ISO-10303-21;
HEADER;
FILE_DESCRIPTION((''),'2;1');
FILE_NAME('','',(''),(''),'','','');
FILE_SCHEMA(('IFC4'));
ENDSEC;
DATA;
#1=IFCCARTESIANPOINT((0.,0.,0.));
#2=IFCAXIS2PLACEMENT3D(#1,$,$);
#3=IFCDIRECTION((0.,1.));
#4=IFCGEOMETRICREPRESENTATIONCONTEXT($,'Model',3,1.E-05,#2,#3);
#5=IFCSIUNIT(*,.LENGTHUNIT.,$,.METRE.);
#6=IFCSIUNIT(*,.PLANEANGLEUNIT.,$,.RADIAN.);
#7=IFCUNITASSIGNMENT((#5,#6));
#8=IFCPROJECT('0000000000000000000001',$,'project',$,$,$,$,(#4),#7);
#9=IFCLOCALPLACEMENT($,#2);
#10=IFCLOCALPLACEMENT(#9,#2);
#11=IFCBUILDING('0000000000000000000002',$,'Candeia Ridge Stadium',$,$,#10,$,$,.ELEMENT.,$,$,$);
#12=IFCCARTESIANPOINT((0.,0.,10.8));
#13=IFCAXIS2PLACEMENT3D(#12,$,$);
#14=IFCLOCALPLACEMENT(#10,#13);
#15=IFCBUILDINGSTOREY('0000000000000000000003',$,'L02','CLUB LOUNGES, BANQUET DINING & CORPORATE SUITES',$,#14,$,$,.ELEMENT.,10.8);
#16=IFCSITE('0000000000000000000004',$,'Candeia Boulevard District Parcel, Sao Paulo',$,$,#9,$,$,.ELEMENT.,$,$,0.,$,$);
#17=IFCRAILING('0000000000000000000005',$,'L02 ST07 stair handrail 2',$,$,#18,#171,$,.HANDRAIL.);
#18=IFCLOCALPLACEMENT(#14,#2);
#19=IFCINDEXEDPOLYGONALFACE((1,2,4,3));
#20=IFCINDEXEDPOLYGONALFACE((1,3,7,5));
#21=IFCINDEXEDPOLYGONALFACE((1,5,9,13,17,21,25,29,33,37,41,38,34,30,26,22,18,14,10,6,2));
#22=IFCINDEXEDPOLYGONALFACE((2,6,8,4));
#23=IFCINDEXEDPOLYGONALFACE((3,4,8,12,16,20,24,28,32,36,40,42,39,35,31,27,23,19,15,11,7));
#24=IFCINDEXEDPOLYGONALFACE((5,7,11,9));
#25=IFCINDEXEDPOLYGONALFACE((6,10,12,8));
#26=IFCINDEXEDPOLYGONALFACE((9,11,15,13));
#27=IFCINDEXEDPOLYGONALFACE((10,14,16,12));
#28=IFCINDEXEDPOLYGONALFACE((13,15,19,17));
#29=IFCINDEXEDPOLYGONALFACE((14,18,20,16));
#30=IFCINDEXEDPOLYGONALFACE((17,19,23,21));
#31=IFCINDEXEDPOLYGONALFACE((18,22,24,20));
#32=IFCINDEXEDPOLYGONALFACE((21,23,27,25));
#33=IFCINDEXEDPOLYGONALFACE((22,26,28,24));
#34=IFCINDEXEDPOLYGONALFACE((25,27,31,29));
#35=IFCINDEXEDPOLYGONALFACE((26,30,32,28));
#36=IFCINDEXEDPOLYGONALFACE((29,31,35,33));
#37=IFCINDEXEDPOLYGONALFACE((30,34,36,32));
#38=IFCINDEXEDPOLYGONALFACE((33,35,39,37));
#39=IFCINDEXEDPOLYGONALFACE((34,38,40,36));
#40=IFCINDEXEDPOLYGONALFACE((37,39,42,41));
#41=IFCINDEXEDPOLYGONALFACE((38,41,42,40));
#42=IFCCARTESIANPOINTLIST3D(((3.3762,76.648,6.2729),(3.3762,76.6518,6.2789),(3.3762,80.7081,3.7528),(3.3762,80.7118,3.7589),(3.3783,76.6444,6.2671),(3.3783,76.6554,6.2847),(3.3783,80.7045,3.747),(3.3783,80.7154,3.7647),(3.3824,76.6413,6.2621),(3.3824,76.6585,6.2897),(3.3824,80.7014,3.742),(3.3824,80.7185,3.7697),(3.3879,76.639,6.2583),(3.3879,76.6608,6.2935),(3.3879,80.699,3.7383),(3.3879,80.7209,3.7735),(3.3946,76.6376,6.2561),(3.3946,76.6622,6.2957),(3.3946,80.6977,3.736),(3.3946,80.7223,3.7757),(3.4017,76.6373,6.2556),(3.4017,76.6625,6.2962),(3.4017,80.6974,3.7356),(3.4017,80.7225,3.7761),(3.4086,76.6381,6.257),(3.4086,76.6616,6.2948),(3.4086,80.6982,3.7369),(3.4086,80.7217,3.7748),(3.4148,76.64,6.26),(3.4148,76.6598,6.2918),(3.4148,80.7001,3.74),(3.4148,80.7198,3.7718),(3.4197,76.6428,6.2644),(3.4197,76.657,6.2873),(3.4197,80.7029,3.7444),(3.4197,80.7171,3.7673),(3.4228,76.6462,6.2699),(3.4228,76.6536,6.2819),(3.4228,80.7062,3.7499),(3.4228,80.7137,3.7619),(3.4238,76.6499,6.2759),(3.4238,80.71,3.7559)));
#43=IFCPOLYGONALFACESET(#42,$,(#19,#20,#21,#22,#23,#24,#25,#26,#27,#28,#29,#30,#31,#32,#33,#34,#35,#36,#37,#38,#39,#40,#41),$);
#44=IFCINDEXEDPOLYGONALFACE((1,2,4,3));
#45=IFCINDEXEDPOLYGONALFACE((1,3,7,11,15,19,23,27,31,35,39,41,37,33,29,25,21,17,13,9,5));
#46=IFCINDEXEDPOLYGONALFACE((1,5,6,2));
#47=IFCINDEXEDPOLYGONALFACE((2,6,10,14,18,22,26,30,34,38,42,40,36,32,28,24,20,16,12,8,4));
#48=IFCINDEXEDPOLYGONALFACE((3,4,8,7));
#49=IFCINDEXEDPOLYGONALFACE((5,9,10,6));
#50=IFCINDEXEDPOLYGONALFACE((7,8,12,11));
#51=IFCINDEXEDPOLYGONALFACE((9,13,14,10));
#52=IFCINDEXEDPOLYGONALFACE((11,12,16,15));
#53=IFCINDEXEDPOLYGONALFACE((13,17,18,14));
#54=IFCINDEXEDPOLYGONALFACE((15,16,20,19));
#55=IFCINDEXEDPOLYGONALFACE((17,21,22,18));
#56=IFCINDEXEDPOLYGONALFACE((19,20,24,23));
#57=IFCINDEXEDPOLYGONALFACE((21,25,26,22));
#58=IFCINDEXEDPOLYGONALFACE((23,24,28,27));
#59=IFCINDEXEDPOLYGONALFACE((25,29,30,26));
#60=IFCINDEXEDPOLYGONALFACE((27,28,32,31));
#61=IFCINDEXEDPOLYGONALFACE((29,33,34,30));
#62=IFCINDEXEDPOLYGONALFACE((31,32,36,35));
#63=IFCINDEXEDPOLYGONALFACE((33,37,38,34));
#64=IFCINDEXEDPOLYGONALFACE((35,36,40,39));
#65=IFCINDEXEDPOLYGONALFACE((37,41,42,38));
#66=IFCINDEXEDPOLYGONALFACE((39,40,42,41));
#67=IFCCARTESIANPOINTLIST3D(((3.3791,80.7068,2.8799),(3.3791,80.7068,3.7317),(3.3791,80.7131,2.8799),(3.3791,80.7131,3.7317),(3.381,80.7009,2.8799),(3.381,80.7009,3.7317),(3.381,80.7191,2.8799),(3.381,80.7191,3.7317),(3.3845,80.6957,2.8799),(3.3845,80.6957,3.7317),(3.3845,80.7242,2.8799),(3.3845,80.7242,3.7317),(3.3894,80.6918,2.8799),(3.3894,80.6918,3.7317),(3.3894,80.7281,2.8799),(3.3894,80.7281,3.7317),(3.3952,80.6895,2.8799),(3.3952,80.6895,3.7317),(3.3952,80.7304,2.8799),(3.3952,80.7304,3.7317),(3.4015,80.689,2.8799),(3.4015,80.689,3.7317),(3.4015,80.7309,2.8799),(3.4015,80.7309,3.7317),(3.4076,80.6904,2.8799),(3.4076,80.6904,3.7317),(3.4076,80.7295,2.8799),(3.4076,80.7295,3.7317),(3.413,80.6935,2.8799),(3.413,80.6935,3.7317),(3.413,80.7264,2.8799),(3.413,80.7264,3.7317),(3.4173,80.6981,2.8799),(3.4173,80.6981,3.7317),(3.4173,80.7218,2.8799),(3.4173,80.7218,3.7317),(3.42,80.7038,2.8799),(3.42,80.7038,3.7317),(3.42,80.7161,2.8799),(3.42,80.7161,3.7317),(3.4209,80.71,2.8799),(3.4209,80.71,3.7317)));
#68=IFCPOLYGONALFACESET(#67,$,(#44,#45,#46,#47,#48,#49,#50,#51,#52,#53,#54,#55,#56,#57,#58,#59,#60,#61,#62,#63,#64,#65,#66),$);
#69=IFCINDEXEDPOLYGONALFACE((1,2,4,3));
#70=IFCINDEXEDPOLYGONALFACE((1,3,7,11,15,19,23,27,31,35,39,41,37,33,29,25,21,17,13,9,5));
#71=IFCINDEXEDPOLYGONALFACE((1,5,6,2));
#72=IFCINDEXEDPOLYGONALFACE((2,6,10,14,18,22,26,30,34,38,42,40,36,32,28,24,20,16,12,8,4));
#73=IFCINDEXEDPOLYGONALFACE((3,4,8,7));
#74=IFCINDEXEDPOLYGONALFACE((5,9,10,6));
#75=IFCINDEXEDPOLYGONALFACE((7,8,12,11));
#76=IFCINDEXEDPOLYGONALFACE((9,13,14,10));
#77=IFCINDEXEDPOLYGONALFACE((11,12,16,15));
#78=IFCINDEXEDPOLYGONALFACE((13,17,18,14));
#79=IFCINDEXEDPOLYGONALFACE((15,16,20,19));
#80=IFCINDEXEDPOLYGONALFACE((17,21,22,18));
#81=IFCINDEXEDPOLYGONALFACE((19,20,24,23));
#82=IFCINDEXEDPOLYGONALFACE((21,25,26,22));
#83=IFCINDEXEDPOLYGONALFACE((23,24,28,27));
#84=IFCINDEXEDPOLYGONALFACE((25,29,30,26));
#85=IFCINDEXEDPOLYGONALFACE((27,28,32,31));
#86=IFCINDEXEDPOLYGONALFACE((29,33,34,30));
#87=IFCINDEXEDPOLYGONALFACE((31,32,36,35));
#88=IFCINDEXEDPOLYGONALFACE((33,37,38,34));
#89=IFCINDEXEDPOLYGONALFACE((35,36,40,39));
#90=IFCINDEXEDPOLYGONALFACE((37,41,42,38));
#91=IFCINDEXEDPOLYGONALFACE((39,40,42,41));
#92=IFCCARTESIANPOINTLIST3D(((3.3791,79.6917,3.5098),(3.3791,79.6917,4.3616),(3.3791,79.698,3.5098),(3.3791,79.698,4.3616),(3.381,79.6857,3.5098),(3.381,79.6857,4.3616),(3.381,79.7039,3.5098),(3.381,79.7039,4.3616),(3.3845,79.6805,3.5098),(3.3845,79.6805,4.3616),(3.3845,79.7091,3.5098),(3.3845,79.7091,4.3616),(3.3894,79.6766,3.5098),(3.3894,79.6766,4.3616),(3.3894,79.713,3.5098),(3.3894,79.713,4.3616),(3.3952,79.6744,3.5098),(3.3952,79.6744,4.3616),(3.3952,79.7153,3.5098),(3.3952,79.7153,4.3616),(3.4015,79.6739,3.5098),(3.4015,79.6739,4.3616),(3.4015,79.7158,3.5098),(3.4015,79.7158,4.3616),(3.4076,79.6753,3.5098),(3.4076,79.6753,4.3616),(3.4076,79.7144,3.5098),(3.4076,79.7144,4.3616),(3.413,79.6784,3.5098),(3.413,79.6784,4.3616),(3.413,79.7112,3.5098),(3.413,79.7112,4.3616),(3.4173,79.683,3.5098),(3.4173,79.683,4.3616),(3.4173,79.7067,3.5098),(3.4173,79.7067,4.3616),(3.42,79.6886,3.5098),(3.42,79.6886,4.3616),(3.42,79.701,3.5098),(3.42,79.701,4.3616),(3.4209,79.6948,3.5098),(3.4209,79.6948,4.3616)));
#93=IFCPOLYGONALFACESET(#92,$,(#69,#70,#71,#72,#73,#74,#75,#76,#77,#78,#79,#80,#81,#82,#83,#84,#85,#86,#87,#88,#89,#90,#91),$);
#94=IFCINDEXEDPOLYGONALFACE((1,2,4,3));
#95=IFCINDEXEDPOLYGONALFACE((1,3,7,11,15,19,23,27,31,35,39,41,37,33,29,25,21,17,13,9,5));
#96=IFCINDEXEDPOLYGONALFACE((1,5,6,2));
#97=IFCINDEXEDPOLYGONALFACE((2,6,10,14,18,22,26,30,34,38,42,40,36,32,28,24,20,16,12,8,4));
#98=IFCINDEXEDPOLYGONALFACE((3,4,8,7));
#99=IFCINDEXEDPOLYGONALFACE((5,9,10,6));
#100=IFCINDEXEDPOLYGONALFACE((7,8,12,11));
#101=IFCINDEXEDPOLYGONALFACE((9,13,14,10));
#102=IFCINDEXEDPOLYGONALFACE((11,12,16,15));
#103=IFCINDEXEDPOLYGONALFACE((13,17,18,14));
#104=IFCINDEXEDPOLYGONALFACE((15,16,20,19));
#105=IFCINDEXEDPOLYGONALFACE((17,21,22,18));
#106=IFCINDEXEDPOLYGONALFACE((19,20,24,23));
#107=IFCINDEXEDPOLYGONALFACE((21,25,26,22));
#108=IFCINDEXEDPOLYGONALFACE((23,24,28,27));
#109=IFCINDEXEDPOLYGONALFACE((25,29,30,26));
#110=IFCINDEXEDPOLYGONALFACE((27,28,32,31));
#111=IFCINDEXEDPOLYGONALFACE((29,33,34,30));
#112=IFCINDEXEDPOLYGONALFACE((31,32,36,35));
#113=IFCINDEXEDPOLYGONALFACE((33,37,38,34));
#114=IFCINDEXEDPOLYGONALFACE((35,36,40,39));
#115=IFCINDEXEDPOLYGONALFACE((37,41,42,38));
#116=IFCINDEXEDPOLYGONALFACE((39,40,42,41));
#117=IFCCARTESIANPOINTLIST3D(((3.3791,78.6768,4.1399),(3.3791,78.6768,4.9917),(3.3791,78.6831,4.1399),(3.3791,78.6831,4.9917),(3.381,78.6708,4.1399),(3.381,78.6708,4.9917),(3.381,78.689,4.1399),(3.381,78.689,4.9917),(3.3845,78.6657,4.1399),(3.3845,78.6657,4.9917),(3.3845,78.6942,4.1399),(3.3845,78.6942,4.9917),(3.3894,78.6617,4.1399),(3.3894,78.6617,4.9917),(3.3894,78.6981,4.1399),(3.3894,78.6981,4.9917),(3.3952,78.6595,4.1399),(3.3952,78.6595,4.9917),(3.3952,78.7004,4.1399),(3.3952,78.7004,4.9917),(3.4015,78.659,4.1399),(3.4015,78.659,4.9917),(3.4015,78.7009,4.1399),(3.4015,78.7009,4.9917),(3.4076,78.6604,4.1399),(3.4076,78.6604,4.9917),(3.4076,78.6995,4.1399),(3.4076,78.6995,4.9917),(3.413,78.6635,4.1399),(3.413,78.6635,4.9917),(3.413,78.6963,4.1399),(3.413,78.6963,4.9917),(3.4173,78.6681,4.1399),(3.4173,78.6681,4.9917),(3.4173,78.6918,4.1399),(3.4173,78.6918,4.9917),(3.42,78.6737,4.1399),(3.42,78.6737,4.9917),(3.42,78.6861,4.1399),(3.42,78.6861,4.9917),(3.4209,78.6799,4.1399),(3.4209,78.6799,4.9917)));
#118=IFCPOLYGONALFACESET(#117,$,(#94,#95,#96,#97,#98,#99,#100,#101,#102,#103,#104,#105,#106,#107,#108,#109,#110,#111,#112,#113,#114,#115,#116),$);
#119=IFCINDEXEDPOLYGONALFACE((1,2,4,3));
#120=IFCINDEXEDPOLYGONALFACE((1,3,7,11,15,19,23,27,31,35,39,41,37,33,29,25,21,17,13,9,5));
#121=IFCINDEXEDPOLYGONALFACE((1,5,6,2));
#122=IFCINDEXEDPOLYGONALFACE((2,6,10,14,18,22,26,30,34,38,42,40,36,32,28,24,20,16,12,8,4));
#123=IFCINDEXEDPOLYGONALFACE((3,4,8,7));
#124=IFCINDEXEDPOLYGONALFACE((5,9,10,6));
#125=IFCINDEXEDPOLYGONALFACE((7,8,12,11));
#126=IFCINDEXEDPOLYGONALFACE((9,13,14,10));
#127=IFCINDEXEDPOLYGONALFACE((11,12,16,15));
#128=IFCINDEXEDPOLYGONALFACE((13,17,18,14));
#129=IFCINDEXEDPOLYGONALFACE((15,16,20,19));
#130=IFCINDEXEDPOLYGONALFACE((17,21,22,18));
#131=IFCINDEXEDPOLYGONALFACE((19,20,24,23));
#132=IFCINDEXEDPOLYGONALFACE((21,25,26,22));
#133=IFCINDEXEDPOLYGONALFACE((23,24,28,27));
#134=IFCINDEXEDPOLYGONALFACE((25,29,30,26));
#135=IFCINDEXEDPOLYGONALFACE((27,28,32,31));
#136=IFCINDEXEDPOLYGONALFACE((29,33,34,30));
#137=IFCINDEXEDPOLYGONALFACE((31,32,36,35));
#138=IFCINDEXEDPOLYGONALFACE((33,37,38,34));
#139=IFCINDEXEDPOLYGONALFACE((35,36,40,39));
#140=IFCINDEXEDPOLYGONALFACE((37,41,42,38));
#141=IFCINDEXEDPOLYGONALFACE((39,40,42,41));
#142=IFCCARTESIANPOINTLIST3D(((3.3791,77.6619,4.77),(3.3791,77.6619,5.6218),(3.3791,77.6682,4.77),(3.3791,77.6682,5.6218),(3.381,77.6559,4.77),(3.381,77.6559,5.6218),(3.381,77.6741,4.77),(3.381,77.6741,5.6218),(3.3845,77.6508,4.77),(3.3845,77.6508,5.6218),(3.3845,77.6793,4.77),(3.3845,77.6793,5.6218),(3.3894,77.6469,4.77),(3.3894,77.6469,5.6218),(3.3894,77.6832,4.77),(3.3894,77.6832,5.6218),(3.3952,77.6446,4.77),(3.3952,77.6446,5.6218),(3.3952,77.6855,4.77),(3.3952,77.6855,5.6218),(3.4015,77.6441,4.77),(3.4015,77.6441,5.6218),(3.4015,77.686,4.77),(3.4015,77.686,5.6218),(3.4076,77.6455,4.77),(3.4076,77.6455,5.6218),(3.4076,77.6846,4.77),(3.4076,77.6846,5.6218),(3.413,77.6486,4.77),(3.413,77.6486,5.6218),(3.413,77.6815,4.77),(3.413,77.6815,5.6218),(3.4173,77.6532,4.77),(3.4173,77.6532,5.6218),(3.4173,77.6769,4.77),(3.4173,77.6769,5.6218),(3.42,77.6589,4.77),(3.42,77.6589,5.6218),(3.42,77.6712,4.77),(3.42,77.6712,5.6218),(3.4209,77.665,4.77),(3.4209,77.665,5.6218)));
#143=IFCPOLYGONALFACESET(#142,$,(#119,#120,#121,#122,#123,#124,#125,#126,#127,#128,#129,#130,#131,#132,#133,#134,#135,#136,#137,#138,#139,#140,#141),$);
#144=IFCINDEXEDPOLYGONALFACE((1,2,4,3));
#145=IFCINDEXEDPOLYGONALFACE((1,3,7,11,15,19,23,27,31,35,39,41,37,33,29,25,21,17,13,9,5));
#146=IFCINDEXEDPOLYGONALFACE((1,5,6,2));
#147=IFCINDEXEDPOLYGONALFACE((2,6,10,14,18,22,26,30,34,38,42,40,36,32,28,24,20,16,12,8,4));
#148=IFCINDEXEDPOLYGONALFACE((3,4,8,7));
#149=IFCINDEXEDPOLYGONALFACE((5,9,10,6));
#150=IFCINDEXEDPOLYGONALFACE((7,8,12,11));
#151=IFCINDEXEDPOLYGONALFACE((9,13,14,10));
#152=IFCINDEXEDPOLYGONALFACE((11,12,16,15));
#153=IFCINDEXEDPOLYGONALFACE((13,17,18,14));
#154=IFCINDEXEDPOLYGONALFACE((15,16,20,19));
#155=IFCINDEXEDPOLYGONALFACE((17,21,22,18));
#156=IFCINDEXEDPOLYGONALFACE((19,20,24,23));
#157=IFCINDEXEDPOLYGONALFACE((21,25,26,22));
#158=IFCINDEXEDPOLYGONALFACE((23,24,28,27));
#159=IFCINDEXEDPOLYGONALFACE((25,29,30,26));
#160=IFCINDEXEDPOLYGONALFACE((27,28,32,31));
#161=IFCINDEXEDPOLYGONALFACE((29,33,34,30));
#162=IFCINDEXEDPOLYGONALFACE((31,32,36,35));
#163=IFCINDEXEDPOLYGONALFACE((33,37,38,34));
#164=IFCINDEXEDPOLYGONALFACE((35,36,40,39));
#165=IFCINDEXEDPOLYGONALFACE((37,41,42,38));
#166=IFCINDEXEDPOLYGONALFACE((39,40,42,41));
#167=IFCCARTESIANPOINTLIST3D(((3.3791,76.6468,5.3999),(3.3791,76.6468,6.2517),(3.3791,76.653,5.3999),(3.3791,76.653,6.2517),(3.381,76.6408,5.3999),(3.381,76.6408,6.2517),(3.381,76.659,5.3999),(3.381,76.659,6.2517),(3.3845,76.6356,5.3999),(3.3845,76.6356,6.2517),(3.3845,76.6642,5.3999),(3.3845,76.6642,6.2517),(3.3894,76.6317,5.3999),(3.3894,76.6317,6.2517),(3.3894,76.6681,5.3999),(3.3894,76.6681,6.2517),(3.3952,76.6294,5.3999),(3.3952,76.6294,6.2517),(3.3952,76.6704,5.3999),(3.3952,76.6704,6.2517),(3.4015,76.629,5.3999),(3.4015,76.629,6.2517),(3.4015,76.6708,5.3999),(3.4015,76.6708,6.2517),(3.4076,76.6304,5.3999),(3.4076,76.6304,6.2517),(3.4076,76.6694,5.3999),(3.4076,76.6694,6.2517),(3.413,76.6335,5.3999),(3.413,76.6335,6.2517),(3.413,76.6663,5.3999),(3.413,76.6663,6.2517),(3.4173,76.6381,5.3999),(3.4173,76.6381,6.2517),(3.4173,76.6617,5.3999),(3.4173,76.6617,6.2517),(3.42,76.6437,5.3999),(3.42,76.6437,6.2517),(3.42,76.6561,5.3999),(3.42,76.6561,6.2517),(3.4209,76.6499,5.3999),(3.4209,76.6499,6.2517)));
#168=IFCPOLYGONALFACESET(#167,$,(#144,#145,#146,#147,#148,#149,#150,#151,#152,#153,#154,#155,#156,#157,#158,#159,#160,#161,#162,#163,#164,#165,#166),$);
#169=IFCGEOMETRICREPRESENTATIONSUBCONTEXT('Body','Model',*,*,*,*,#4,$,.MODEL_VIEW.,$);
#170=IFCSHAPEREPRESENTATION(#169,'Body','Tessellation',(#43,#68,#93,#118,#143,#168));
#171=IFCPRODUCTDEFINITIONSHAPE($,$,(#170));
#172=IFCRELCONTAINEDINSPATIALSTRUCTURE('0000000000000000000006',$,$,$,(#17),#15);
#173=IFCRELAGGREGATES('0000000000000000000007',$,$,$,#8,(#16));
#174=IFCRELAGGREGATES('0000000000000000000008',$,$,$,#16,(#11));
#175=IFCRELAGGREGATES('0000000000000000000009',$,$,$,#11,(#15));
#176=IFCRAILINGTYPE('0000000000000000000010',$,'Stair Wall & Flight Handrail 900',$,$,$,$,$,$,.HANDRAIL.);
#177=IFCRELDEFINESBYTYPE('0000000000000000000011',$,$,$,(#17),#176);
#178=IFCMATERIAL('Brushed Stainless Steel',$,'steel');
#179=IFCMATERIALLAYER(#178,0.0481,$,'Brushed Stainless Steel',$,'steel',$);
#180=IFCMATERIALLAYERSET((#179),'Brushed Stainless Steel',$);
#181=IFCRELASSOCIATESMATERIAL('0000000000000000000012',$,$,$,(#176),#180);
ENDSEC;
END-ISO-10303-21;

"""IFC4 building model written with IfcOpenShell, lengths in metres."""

from ifc_helpers import new_model, si_unit, direction, frame, origin, origin_2d, place, context, subcontext, project, spatial, circle, extrude, material, layer, layer_set, type_object, element, save


model = new_model("IFC4")

# Units and contexts
model_context = context("Model", 3, precision=1e-05, world=origin(), true_north=direction((0.0, 1.0)))
body_context = subcontext(model_context, "Body", "Model", "MODEL_VIEW")
ifc_project = project(units=[si_unit("LENGTHUNIT", "METRE"), si_unit("PLANEANGLEUNIT", "RADIAN")], contexts=[model_context])

# Site, building, storey
site_placement = place(None, origin())
site = spatial("IfcSite", under=ifc_project, at=site_placement, Name="Candeia Boulevard District Parcel, Sao Paulo", CompositionType="ELEMENT", RefElevation=0.0)
building_placement = place(site_placement, origin())
building = spatial("IfcBuilding", under=site, at=building_placement, Name="Candeia Ridge Stadium", CompositionType="ELEMENT")
storey_placement = place(building_placement, frame((0.0, 0.0, 10.8)))
storey = spatial("IfcBuildingStorey", under=building, at=storey_placement, Name="L02", Description="CLUB LOUNGES, BANQUET DINING & CORPORATE SUITES", CompositionType="ELEMENT", Elevation=10.8)

# Railing
ifc_material_1 = material(Name="Brushed Stainless Steel", Category="steel")
ifc_layer_1 = layer(ifc_material_1, 0.0481, Name="Brushed Stainless Steel", Category="steel")
ifc_layer_set_1 = layer_set([ifc_layer_1], Name="Brushed Stainless Steel")
railing_type_1 = type_object("IfcRailingType", Name="Stair Wall & Flight Handrail 900", PredefinedType="HANDRAIL", material=ifc_layer_set_1)
railing_1_placement = place(storey_placement, frame((3.3999, 80.71, 2.8799)))
element("IfcRailing", 1, at=railing_1_placement, inside=storey, type_object=railing_type_1, Name="L02 ST07 stair handrail 2", PredefinedType="HANDRAIL", context=body_context, shape_type="SweptSolid", body=[
    extrude(circle(Radius=0.0239, at=origin_2d()), frame((0.0, 0.0, 0.876), z_axis=(0.0, -0.849642, 0.52736), x_axis=(1.0, 0.0, 0.0)), (0.0, 0.0, 1.0), 4.7786),
    extrude(circle(Radius=0.021, at=origin_2d()), origin(), (0.0, 0.0, 1.0), 0.8518),
    extrude(circle(Radius=0.021, at=origin_2d()), frame((0.0, -1.0151, 0.6299)), (0.0, 0.0, 1.0), 0.8518),
    extrude(circle(Radius=0.021, at=origin_2d()), frame((0.0, -2.03, 1.26)), (0.0, 0.0, 1.0), 0.8518),
    extrude(circle(Radius=0.021, at=origin_2d()), frame((0.0, -3.0449, 1.8901)), (0.0, 0.0, 1.0), 0.8518),
    extrude(circle(Radius=0.021, at=origin_2d()), frame((0.0, -4.0601, 2.52)), (0.0, 0.0, 1.0), 0.8518),
])

save(model, "model.ifc")
